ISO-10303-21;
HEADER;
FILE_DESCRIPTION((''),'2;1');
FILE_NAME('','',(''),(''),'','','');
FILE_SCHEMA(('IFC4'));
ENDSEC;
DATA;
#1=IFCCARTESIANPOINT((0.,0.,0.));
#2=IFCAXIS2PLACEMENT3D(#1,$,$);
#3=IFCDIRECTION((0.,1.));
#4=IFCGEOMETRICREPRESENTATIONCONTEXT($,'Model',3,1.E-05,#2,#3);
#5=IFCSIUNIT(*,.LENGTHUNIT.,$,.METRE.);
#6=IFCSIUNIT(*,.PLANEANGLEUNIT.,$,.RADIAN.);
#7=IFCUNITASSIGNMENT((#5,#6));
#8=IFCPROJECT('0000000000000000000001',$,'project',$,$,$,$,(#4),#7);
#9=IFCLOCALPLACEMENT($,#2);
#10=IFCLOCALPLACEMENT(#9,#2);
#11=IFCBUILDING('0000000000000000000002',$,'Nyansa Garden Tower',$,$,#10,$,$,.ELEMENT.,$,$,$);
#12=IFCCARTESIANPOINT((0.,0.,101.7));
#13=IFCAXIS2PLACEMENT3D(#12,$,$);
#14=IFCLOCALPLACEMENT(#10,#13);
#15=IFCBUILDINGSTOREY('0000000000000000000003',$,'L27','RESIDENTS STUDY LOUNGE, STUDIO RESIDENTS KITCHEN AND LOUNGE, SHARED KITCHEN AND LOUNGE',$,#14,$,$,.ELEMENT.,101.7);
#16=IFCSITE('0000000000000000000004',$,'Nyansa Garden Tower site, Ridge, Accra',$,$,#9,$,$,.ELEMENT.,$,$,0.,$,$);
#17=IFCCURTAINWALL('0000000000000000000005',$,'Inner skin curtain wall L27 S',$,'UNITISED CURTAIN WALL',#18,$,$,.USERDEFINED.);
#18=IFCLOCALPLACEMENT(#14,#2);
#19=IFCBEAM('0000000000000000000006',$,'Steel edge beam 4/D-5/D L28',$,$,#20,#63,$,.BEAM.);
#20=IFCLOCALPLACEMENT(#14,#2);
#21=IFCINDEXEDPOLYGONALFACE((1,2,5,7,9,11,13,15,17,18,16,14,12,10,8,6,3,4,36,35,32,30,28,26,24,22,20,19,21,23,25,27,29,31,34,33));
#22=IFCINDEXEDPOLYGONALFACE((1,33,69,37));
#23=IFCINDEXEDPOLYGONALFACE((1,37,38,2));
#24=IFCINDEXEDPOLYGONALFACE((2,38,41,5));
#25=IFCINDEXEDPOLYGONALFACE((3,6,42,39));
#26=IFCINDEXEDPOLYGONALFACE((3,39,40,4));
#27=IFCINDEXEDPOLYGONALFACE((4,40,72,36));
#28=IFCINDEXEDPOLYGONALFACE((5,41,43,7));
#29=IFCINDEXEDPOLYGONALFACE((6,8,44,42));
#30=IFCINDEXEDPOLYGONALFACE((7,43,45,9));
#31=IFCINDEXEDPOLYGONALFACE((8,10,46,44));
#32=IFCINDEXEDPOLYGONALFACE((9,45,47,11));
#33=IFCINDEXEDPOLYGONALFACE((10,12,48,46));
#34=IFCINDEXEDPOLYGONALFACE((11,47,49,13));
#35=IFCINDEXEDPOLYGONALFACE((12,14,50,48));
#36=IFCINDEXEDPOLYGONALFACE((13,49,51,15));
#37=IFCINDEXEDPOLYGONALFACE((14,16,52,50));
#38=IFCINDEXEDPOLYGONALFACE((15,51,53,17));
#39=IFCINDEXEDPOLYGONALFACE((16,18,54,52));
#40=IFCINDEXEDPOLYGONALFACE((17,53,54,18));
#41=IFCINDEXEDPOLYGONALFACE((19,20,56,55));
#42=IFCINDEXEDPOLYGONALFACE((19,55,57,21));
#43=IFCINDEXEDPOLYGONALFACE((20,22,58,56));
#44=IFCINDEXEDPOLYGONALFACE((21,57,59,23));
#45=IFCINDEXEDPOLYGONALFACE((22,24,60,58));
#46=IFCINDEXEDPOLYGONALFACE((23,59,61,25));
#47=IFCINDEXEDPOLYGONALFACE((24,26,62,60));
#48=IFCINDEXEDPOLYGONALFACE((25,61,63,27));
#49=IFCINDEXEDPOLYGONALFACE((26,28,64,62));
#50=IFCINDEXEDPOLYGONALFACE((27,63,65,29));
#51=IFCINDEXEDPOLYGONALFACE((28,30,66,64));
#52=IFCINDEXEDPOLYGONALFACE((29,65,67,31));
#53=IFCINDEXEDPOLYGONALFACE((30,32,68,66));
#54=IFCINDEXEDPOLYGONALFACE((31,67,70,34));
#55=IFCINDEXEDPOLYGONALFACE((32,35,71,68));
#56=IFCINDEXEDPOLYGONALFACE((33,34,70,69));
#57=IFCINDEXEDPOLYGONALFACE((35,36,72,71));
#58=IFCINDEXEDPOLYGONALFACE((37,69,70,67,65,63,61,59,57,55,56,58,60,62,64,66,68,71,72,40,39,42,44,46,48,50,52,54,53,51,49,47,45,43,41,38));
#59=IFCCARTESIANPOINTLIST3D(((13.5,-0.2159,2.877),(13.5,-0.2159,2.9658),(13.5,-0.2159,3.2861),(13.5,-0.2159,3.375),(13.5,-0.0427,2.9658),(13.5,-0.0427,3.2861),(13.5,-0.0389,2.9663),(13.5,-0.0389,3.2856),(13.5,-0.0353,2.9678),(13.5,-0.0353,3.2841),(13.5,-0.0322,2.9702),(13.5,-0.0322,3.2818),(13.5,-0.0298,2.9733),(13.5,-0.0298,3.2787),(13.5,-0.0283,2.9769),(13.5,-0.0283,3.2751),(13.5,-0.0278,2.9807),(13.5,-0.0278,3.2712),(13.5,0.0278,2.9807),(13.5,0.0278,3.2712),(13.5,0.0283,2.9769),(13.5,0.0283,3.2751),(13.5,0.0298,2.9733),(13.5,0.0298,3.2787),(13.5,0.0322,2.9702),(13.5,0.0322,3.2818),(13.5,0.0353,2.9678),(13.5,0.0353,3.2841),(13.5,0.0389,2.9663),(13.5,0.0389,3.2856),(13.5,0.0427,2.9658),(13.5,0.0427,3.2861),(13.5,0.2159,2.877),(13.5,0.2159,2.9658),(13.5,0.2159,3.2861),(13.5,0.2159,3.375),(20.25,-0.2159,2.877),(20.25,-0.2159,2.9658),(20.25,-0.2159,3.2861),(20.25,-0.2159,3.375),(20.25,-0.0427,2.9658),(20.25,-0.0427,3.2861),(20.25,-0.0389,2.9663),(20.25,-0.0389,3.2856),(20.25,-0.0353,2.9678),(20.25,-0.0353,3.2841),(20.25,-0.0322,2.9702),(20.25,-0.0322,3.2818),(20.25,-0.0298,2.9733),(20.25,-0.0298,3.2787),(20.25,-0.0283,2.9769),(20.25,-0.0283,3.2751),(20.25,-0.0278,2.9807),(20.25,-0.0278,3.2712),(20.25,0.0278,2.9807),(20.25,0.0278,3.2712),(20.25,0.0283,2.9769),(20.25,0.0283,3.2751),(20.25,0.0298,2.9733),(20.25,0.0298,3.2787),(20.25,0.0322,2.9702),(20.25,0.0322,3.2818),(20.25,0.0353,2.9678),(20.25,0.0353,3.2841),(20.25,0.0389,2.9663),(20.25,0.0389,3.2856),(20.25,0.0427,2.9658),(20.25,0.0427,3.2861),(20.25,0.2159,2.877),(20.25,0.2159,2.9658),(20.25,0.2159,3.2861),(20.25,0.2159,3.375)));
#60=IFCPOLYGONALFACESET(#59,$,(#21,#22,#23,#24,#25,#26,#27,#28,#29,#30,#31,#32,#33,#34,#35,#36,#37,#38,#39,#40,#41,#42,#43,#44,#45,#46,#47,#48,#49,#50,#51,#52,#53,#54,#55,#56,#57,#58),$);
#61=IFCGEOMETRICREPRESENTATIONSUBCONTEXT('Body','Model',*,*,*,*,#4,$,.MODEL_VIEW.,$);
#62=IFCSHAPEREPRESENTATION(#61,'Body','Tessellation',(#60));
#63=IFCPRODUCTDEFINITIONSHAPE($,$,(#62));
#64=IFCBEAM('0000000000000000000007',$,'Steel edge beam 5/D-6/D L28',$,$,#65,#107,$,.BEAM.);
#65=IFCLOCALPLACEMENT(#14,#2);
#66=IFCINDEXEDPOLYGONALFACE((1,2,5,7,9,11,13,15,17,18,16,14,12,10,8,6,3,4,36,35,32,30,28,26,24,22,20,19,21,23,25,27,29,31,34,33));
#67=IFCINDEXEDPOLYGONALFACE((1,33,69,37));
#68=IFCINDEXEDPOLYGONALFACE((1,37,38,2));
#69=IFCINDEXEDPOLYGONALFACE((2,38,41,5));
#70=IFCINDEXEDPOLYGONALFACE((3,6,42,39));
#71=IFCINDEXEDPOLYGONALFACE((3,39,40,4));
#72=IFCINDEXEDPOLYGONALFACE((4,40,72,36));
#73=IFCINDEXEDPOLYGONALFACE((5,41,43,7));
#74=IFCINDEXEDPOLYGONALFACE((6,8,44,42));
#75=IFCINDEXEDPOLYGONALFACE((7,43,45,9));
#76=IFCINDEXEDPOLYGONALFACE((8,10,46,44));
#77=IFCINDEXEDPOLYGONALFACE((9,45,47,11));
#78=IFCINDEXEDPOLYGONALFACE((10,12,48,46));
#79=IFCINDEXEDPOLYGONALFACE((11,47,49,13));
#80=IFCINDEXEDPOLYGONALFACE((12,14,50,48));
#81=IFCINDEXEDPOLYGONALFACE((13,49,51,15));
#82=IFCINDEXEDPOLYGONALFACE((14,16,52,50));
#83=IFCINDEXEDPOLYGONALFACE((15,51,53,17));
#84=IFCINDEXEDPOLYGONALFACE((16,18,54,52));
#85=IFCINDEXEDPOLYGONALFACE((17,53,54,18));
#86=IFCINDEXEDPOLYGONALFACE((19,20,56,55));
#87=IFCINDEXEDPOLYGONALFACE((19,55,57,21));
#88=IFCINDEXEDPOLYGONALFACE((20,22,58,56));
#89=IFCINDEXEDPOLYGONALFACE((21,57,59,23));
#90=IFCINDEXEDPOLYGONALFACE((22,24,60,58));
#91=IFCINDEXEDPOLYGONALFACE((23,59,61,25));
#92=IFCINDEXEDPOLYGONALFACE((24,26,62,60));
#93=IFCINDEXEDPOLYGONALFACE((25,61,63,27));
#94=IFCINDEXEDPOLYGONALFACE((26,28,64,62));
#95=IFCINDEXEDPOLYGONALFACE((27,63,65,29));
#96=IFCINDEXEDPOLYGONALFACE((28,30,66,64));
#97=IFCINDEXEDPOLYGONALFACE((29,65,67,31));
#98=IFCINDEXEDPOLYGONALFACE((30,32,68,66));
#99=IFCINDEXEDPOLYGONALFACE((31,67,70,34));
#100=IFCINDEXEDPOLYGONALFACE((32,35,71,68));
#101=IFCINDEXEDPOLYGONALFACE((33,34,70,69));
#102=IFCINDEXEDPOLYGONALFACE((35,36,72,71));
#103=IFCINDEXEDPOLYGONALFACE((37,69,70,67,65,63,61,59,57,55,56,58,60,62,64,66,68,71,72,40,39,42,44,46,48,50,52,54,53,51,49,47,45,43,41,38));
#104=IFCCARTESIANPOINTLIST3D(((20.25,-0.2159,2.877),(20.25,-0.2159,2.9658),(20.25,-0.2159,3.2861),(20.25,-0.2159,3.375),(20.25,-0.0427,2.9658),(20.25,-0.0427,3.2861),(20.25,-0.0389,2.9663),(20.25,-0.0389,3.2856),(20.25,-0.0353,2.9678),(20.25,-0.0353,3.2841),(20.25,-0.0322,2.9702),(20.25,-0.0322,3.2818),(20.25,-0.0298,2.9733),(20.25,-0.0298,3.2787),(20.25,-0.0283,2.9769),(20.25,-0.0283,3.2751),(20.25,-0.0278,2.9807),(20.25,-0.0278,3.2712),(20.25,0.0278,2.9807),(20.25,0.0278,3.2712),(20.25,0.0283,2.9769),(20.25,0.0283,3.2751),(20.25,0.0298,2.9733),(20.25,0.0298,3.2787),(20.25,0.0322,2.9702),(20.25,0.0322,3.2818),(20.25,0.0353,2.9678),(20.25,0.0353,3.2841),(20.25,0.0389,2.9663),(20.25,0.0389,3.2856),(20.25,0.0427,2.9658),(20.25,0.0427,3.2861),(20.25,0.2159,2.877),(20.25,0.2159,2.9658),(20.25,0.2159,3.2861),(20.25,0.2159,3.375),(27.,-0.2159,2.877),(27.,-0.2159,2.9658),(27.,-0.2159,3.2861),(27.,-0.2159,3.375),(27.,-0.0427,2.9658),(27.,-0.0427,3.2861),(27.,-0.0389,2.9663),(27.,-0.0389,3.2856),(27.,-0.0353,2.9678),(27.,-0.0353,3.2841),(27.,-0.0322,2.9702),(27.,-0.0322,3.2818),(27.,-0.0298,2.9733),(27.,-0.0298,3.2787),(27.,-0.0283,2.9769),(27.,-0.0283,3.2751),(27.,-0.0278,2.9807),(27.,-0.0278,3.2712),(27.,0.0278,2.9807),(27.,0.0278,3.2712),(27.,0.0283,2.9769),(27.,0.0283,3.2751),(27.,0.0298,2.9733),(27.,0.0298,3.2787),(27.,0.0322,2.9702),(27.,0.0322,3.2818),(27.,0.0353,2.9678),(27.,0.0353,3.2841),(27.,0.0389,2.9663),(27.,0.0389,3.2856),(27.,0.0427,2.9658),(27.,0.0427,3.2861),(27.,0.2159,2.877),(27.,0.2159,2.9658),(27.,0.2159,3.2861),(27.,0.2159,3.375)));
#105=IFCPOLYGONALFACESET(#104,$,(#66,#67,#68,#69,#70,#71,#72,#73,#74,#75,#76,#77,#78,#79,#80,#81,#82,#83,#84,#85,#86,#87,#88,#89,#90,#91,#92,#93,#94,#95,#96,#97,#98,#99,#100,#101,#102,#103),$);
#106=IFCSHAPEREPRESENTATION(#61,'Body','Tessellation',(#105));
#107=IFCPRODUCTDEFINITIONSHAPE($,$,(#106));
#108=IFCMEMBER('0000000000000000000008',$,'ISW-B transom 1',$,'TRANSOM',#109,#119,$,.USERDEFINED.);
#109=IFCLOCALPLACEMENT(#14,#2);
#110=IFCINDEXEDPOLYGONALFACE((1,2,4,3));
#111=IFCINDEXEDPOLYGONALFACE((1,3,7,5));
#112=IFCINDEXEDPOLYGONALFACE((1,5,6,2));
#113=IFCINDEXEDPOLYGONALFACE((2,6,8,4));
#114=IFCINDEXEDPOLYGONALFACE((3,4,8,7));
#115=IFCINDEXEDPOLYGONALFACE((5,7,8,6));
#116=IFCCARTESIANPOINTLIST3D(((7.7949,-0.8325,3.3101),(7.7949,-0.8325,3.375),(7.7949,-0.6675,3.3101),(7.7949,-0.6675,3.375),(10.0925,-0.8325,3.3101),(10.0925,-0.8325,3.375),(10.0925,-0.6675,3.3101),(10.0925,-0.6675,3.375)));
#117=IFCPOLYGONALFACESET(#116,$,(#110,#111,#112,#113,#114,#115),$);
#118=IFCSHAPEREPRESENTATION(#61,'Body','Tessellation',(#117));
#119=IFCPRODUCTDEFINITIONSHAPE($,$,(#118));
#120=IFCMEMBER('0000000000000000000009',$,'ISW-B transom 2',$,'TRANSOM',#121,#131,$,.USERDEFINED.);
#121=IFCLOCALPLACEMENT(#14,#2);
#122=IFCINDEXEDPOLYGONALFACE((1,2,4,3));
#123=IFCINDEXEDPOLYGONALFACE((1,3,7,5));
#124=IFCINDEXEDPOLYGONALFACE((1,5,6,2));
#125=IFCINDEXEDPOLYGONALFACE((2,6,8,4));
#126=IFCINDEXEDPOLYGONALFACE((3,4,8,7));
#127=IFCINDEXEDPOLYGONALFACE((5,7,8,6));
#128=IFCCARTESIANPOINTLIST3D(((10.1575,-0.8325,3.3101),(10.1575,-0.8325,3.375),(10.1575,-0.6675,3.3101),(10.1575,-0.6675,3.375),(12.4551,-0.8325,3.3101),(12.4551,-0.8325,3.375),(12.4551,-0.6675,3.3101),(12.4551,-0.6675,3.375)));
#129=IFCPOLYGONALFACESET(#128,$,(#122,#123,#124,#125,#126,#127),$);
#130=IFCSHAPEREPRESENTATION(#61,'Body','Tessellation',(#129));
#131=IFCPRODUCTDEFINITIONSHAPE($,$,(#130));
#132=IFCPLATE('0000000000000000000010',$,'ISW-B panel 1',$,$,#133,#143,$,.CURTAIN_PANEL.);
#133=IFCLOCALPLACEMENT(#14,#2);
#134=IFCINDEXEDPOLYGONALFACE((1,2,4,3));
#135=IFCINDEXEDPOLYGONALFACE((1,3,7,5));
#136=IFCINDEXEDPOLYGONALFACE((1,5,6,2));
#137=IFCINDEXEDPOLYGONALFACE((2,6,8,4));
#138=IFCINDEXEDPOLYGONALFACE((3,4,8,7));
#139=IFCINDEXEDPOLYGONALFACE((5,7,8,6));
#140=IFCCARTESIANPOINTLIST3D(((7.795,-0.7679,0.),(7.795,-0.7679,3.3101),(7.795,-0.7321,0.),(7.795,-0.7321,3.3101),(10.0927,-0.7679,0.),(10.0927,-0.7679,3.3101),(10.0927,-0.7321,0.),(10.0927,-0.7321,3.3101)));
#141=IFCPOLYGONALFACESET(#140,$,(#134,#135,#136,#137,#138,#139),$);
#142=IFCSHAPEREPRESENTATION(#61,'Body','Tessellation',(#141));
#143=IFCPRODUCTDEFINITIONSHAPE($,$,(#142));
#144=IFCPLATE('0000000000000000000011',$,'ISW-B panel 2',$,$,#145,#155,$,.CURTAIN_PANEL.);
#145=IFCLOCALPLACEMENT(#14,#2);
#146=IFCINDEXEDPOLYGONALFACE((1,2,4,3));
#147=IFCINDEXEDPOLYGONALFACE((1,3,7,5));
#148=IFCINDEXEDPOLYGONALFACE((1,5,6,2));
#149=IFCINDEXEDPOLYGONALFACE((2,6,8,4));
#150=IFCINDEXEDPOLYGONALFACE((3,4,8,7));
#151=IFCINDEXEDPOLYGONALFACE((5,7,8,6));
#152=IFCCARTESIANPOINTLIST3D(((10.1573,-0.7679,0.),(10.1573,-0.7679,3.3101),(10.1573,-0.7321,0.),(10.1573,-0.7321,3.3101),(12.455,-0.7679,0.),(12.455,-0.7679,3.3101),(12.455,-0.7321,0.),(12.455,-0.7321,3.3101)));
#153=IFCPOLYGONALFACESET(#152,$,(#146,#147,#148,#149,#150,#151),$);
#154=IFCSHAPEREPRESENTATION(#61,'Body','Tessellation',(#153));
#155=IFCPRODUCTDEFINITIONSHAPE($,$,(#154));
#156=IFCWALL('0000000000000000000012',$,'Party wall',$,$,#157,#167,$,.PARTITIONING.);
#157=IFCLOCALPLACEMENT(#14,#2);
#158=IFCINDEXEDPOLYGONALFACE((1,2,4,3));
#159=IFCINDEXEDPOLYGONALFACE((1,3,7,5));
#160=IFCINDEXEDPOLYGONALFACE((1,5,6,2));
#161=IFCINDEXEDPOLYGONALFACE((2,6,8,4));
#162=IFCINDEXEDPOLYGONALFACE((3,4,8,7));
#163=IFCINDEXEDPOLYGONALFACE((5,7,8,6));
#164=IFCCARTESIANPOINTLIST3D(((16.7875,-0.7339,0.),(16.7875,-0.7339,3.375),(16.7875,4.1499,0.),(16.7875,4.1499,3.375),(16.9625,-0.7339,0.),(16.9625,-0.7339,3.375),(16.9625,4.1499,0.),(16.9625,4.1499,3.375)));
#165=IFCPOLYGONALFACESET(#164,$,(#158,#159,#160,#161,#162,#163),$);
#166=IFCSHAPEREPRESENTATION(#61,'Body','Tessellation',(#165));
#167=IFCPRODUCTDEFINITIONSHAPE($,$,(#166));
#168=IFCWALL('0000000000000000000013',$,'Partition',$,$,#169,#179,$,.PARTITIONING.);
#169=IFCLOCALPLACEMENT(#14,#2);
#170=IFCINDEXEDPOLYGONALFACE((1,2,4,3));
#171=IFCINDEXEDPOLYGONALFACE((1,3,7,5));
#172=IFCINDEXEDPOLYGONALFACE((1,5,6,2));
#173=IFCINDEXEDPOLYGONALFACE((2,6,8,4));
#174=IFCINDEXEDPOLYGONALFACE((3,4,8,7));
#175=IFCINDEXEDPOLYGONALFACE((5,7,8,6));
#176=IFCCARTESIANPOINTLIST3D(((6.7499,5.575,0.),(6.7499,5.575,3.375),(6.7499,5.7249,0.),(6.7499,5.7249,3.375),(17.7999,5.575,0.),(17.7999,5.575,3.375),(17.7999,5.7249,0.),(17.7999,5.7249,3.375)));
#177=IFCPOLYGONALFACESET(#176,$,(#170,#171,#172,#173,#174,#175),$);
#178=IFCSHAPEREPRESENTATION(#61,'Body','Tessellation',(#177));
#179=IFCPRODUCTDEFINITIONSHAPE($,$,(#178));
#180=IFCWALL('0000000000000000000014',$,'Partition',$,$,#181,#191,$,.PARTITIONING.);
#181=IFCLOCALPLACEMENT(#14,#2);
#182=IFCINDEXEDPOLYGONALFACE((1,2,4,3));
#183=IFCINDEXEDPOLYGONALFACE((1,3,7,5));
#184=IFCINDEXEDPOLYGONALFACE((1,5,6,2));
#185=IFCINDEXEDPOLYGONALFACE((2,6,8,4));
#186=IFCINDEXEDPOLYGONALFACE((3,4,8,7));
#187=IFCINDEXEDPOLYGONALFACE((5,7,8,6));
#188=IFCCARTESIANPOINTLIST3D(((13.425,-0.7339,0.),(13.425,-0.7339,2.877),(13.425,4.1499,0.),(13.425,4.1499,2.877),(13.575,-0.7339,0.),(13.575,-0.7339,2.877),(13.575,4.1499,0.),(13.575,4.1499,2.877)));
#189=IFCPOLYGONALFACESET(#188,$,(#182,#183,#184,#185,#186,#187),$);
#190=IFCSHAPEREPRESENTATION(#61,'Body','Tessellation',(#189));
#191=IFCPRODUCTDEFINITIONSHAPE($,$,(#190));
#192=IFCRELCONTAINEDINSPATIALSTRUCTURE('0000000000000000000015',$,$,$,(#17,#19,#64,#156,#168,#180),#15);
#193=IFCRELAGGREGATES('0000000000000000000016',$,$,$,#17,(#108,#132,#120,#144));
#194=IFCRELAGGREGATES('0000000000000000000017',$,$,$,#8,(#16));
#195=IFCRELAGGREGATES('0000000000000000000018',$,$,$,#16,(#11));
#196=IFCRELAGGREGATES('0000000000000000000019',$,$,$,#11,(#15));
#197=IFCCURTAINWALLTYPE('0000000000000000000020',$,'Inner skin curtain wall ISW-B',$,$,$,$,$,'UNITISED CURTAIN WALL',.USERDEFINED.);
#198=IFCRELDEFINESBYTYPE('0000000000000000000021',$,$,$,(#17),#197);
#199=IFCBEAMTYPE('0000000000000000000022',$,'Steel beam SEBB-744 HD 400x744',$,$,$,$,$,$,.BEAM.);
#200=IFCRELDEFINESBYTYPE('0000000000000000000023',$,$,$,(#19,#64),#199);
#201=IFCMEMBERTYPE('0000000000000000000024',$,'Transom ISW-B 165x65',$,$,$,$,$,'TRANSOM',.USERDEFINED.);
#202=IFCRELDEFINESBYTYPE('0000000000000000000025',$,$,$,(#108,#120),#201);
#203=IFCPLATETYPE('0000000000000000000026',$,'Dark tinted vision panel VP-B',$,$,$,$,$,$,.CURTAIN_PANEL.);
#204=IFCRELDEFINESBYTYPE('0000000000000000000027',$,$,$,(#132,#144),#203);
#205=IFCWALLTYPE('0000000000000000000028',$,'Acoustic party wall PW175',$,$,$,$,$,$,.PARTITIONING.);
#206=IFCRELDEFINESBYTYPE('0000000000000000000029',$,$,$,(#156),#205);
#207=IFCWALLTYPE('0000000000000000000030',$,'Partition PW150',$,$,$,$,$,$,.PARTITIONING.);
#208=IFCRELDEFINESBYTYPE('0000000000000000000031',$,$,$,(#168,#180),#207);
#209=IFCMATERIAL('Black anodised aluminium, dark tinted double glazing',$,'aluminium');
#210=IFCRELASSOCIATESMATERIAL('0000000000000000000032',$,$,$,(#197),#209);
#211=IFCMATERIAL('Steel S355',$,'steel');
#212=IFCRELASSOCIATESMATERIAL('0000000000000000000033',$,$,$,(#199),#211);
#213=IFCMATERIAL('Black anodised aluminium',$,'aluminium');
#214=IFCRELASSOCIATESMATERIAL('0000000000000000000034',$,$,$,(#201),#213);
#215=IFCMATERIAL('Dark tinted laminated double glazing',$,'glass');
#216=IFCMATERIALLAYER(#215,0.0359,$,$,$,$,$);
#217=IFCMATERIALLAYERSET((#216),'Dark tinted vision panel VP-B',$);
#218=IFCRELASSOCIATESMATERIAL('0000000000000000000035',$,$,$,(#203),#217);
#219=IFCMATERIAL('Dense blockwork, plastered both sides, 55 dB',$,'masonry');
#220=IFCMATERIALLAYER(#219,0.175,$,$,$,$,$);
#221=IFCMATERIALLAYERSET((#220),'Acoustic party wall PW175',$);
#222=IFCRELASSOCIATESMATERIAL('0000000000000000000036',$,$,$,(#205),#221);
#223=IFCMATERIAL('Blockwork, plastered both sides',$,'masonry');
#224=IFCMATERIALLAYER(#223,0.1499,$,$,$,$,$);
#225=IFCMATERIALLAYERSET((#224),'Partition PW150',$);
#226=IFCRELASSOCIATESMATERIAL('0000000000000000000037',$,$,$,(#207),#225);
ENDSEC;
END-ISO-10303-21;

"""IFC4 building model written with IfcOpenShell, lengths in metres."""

from ifc_helpers import new_model, si_unit, direction, frame, frame_2d, origin, origin_2d, place, context, subcontext, project, spatial, rectangle, i_section, extrude, material, layer, layer_set, material_profile, profile_set, type_object, element, aggregate, save


model = new_model("IFC4")

# Units and contexts
model_context = context("Model", 3, precision=1e-05, world=origin(), true_north=direction((0.0, 1.0)))
body_context = subcontext(model_context, "Body", "Model", "MODEL_VIEW")
ifc_project = project(units=[si_unit("LENGTHUNIT", "METRE"), si_unit("PLANEANGLEUNIT", "RADIAN")], contexts=[model_context])

# Site, building, storey
site_placement = place(None, origin())
site = spatial("IfcSite", under=ifc_project, at=site_placement, Name="Nyansa Garden Tower site, Ridge, Accra", CompositionType="ELEMENT", RefElevation=0.0)
building_placement = place(site_placement, origin())
building = spatial("IfcBuilding", under=site, at=building_placement, Name="Nyansa Garden Tower", CompositionType="ELEMENT")
storey_placement = place(building_placement, frame((0.0, 0.0, 101.7)))
storey = spatial("IfcBuildingStorey", under=building, at=storey_placement, Name="L27", Description="RESIDENTS STUDY LOUNGE, STUDIO RESIDENTS KITCHEN AND LOUNGE, SHARED KITCHEN AND LOUNGE", CompositionType="ELEMENT", Elevation=101.7)

# Curtain wall
ifc_material_1 = material(Name="Black anodised aluminium, dark tinted double glazing", Category="aluminium")
curtain_wall_type = type_object("IfcCurtainWallType", Name="Inner skin curtain wall ISW-B", ElementType="UNITISED CURTAIN WALL", PredefinedType="USERDEFINED", material=ifc_material_1)
curtain_wall_placement = place(storey_placement, origin())
curtain_wall = element("IfcCurtainWall", 1, at=curtain_wall_placement, inside=storey, type_object=curtain_wall_type, Name="Inner skin curtain wall L27 S", ObjectType="UNITISED CURTAIN WALL", PredefinedType="USERDEFINED")

# Beams
ifc_material_2 = material(Name="Steel S355", Category="steel")
ifc_material_profile_1 = material_profile(ifc_material_2, i_section(OverallWidth=0.4319, OverallDepth=0.498, WebThickness=0.0557, FlangeThickness=0.0889, FilletRadius=0.0149, at=origin_2d()), Name="HD 400x744")
ifc_profile_set_1 = profile_set([ifc_material_profile_1], Name="Steel S355")
beam_type_1 = type_object("IfcBeamType", Name="Steel beam SEBB-744 HD 400x744", PredefinedType="BEAM", material=ifc_profile_set_1)
for number, where, z_axis, x_axis, name in (
    (2, (13.5, 0.0, 3.126), (1.0, 0.0, 0.0), (0.0, 1.0, 0.0), "Steel edge beam 4/D-5/D L28"),
    (3, (20.25, 0.0, 3.126), (1.0, 0.0, 0.0), (0.0, 1.0, 0.0), "Steel edge beam 5/D-6/D L28"),
):
    element("IfcBeam", number, at=place(storey_placement, frame(where, z_axis=z_axis, x_axis=x_axis)), inside=storey, type_object=beam_type_1, Name=name, PredefinedType="BEAM", context=body_context, shape_type="SweptSolid", body=[
        extrude(i_section(OverallWidth=0.4319, OverallDepth=0.498, WebThickness=0.0557, FlangeThickness=0.0889, FilletRadius=0.0149, at=origin_2d()), origin(), (0.0, 0.0, 1.0), 6.75),
    ])

# Members
ifc_material_3 = material(Name="Black anodised aluminium", Category="aluminium")
ifc_material_profile_2 = material_profile(ifc_material_3, rectangle(XDim=0.165, YDim=0.0649, at=origin_2d()), Name="Transom 165x65")
ifc_profile_set_2 = profile_set([ifc_material_profile_2], Name="Black anodised aluminium")
member_type_1 = type_object("IfcMemberType", Name="Transom ISW-B 165x65", ElementType="TRANSOM", PredefinedType="USERDEFINED", material=ifc_profile_set_2)
member_1_placement = place(storey_placement, frame((7.7949, -0.75, 3.3425), z_axis=(1.0, 0.0, 0.0), x_axis=(0.0, 1.0, 0.0)))
member_1 = element("IfcMember", 4, at=member_1_placement, type_object=member_type_1, Name="ISW-B transom 1", ObjectType="TRANSOM", PredefinedType="USERDEFINED", context=body_context, shape_type="SweptSolid", body=[
    extrude(rectangle(XDim=0.165, YDim=0.0649, at=origin_2d()), origin(), (0.0, 0.0, 1.0), 2.2976),
])
member_2_placement = place(storey_placement, frame((10.1575, -0.75, 3.3425), z_axis=(1.0, 0.0, 0.0), x_axis=(0.0, 1.0, 0.0)))
member_2 = element("IfcMember", 5, at=member_2_placement, type_object=member_type_1, Name="ISW-B transom 2", ObjectType="TRANSOM", PredefinedType="USERDEFINED", context=body_context, shape_type="SweptSolid", body=[
    extrude(rectangle(XDim=0.165, YDim=0.0649, at=origin_2d()), origin(), (0.0, 0.0, 1.0), 2.2976),
])

# Plates
ifc_material_4 = material(Name="Dark tinted laminated double glazing", Category="glass")
ifc_layer_1 = layer(ifc_material_4, 0.0359)
ifc_layer_set_1 = layer_set([ifc_layer_1], Name="Dark tinted vision panel VP-B")
plate_type = type_object("IfcPlateType", Name="Dark tinted vision panel VP-B", PredefinedType="CURTAIN_PANEL", material=ifc_layer_set_1)
plate_1_placement = place(storey_placement, frame((8.9438, -0.75, 0.0), z_axis=(0.0, 0.0, 1.0), x_axis=(1.0, 0.0, 0.0)))
plate_1 = element("IfcPlate", 6, at=plate_1_placement, type_object=plate_type, Name="ISW-B panel 1", PredefinedType="CURTAIN_PANEL", context=body_context, shape_type="SweptSolid", body=[
    extrude(rectangle(XDim=2.2976, YDim=0.0359, at=origin_2d()), origin(), (0.0, 0.0, 1.0), 3.3101),
])
plate_2_placement = place(storey_placement, frame((11.3062, -0.75, 0.0), z_axis=(0.0, 0.0, 1.0), x_axis=(1.0, 0.0, 0.0)))
plate_2 = element("IfcPlate", 7, at=plate_2_placement, type_object=plate_type, Name="ISW-B panel 2", PredefinedType="CURTAIN_PANEL", context=body_context, shape_type="SweptSolid", body=[
    extrude(rectangle(XDim=2.2976, YDim=0.0359, at=origin_2d()), origin(), (0.0, 0.0, 1.0), 3.3101),
])
aggregate(curtain_wall, [member_1, plate_1, member_2, plate_2])

# Walls
ifc_material_5 = material(Name="Dense blockwork, plastered both sides, 55 dB", Category="masonry")
ifc_layer_2 = layer(ifc_material_5, 0.175)
ifc_layer_set_2 = layer_set([ifc_layer_2], Name="Acoustic party wall PW175")
wall_type_1 = type_object("IfcWallType", Name="Acoustic party wall PW175", PredefinedType="PARTITIONING", material=ifc_layer_set_2)
wall_1_placement = place(storey_placement, frame((16.875, -0.7339, 0.0), z_axis=(0.0, 0.0, 1.0), x_axis=(0.0, 1.0, 0.0)))
element("IfcWall", 8, at=wall_1_placement, inside=storey, type_object=wall_type_1, Name="Party wall", PredefinedType="PARTITIONING", context=body_context, shape_type="SweptSolid", body=[
    extrude(rectangle(XDim=4.8838, YDim=0.175, at=frame_2d((2.4419, 0.0))), origin(), (0.0, 0.0, 1.0), 3.375),
])
ifc_material_6 = material(Name="Blockwork, plastered both sides", Category="masonry")
ifc_layer_3 = layer(ifc_material_6, 0.1499)
ifc_layer_set_3 = layer_set([ifc_layer_3], Name="Partition PW150")
wall_type_2 = type_object("IfcWallType", Name="Partition PW150", PredefinedType="PARTITIONING", material=ifc_layer_set_3)
wall_2_placement = place(storey_placement, frame((6.75, 5.6499, 0.0), z_axis=(0.0, 0.0, 1.0), x_axis=(1.0, 0.0, 0.0)))
element("IfcWall", 9, at=wall_2_placement, inside=storey, type_object=wall_type_2, Name="Partition", PredefinedType="PARTITIONING", context=body_context, shape_type="SweptSolid", body=[
    extrude(rectangle(XDim=11.05, YDim=0.1499, at=frame_2d((5.5249, 0.0))), origin(), (0.0, 0.0, 1.0), 3.375),
])
wall_3_placement = place(storey_placement, frame((13.5, -0.7339, 0.0), z_axis=(0.0, 0.0, 1.0), x_axis=(0.0, 1.0, 0.0)))
element("IfcWall", 10, at=wall_3_placement, inside=storey, type_object=wall_type_2, Name="Partition", PredefinedType="PARTITIONING", context=body_context, shape_type="SweptSolid", body=[
    extrude(rectangle(XDim=4.8838, YDim=0.1499, at=frame_2d((2.4419, 0.0))), origin(), (0.0, 0.0, 1.0), 2.877),
])

save(model, "model.ifc")
